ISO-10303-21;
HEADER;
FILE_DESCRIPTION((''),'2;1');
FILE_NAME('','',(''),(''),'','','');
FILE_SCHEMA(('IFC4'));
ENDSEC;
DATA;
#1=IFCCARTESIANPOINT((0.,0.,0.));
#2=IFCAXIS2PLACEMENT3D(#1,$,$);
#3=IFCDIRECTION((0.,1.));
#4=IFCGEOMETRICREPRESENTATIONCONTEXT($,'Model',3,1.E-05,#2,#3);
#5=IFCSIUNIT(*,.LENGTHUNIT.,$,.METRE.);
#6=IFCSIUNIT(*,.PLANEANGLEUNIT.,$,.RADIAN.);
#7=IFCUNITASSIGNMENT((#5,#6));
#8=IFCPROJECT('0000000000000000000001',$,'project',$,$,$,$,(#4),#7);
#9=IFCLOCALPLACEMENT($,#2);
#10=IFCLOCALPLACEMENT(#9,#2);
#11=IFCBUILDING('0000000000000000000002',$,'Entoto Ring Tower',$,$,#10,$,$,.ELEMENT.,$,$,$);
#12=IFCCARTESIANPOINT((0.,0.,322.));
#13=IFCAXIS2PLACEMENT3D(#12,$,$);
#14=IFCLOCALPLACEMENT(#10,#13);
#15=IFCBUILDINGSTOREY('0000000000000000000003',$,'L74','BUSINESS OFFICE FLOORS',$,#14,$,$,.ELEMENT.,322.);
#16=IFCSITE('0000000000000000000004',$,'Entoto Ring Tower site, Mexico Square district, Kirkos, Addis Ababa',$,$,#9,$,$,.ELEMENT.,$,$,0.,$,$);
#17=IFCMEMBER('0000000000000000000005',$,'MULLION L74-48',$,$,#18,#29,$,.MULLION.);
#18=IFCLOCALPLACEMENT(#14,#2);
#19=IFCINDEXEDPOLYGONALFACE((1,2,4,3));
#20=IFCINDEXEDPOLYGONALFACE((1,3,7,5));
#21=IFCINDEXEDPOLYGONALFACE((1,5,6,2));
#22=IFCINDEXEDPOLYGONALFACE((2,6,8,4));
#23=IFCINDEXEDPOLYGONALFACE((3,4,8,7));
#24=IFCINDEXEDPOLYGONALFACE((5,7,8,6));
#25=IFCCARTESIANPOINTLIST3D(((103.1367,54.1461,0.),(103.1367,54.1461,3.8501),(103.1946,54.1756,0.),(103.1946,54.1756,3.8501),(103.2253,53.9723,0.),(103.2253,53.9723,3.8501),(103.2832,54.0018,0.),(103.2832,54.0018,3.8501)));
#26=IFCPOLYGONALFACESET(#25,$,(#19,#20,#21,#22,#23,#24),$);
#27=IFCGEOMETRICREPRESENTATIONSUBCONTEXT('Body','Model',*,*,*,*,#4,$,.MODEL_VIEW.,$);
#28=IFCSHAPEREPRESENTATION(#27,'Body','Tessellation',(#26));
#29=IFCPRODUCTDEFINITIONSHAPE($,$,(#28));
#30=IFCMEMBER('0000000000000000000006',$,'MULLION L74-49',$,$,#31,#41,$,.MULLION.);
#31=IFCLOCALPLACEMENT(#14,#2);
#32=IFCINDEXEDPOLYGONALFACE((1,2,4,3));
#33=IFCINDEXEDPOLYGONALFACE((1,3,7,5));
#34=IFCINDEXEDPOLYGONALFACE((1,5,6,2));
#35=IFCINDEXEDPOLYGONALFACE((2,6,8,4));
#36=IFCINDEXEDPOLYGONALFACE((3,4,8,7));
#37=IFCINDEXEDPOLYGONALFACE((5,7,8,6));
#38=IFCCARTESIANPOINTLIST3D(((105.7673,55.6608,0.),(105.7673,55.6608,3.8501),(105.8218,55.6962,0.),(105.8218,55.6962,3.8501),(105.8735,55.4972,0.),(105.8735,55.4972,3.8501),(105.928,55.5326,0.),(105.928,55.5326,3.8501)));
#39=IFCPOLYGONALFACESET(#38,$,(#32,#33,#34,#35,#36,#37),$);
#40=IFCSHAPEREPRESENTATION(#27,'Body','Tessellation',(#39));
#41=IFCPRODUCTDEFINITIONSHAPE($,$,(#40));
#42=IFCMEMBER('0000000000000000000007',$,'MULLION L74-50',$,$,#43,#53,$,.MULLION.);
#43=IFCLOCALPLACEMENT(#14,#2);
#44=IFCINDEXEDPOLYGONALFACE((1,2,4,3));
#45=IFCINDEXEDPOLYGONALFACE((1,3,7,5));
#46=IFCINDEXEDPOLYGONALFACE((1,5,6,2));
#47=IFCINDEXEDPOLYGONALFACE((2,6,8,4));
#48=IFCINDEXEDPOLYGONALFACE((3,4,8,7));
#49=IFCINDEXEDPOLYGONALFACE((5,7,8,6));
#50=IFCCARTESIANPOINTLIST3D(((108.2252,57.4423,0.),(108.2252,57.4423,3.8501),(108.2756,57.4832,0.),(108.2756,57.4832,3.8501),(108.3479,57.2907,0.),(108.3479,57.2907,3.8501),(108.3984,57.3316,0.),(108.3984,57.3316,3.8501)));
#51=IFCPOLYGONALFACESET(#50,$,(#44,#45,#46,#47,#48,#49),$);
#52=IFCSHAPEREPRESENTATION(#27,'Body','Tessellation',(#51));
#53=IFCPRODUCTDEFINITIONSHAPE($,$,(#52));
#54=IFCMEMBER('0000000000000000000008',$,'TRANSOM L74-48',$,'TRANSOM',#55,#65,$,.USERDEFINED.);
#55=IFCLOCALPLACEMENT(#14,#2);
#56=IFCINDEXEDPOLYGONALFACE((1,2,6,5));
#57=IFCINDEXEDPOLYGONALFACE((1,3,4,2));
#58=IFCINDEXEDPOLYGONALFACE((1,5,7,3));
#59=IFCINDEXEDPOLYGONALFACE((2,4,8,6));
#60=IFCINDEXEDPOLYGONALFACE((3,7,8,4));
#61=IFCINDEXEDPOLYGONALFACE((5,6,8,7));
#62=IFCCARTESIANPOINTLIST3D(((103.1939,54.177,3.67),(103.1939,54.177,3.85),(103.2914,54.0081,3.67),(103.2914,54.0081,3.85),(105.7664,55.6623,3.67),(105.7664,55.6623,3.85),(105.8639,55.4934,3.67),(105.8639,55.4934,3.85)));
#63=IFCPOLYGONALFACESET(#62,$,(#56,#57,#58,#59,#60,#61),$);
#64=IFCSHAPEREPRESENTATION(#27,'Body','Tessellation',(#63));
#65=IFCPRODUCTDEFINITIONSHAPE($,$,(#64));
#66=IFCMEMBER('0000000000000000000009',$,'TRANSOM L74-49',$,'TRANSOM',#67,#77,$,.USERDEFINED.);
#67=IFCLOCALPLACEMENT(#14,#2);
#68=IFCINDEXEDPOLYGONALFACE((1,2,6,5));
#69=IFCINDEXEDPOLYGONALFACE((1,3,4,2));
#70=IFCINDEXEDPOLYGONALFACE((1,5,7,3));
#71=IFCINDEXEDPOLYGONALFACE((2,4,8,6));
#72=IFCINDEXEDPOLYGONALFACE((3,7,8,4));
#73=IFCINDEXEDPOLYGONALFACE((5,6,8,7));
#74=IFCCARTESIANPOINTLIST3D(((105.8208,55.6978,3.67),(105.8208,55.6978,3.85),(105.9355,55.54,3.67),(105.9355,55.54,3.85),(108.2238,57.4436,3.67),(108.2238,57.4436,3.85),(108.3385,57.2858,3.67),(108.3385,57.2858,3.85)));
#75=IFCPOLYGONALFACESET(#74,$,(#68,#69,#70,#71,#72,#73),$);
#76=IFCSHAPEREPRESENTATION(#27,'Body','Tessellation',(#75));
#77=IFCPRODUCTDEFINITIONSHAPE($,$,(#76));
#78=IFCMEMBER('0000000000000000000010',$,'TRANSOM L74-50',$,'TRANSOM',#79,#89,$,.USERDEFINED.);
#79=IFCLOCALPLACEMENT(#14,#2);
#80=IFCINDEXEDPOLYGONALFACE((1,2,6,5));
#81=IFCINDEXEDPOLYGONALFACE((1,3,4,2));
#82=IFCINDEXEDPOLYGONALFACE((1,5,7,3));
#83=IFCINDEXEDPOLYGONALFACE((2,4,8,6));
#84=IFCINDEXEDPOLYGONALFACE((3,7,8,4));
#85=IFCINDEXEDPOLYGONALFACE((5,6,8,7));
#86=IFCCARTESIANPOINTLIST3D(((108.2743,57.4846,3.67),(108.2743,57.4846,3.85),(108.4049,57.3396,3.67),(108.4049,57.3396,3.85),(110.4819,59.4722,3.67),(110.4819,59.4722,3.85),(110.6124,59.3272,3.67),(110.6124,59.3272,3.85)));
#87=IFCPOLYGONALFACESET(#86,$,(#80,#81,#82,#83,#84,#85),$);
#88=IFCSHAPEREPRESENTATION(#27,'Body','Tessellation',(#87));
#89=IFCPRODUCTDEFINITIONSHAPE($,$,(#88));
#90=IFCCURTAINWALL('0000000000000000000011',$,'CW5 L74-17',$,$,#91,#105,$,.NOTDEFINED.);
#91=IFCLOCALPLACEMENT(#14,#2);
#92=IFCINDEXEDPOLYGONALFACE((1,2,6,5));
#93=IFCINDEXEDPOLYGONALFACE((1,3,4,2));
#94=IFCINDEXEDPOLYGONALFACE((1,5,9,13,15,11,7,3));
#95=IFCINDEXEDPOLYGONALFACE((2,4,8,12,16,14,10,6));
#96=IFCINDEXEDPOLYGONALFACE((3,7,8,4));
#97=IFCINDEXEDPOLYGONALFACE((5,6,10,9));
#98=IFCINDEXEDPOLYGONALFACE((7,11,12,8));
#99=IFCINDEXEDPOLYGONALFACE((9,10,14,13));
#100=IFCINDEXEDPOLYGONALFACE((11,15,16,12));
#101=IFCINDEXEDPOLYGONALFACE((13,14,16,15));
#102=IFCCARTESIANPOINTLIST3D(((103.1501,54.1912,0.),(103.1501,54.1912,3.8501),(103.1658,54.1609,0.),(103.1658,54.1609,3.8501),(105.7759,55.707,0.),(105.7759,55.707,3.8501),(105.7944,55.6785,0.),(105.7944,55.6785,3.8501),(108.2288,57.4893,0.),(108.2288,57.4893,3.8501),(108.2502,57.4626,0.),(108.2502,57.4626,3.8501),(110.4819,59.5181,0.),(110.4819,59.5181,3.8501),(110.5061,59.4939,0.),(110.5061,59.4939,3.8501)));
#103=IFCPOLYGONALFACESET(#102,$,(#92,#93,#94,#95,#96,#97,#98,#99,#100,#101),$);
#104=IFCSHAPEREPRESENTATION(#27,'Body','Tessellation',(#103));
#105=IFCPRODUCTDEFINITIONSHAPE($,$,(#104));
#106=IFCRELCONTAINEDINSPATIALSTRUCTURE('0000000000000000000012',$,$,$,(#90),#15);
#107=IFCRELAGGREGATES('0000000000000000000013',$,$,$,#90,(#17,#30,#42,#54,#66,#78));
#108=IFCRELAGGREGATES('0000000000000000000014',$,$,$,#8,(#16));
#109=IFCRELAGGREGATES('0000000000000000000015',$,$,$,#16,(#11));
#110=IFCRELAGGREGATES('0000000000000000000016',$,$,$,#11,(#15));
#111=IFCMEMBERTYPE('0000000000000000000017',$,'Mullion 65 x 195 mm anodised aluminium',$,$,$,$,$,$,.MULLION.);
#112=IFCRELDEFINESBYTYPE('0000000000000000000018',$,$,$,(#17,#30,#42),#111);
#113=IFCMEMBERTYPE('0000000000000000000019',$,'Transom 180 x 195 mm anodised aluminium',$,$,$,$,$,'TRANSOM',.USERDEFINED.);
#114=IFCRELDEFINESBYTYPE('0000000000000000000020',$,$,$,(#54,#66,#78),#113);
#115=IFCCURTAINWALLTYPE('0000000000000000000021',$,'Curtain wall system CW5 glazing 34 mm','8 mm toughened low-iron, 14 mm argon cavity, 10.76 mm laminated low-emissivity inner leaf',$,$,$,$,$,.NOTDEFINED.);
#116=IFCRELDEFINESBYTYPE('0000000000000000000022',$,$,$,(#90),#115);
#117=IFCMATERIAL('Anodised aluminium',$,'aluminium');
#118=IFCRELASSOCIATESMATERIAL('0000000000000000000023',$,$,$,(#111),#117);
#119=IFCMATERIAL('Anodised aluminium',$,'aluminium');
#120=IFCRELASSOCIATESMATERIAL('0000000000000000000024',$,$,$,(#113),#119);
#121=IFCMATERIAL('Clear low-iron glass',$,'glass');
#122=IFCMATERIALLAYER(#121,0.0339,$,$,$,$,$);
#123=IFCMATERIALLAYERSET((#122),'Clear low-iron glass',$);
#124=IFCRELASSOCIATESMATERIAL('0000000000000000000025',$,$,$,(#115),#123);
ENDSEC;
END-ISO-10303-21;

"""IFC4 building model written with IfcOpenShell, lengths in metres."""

from ifc_helpers import new_model, si_unit, direction, frame, origin, origin_2d, place, context, subcontext, project, spatial, polyline, rectangle, outline, extrude, material, layer, layer_set, material_profile, profile_set, type_object, element, aggregate, save


model = new_model("IFC4")

# Units and contexts
model_context = context("Model", 3, precision=1e-05, world=origin(), true_north=direction((0.0, 1.0)))
body_context = subcontext(model_context, "Body", "Model", "MODEL_VIEW")
ifc_project = project(units=[si_unit("LENGTHUNIT", "METRE"), si_unit("PLANEANGLEUNIT", "RADIAN")], contexts=[model_context])

# Members
ifc_material_1 = material(Name="Anodised aluminium", Category="aluminium")
ifc_material_profile_1 = material_profile(ifc_material_1, rectangle(XDim=0.0649, YDim=0.1951, at=origin_2d()), Name="Mullion 65 x 195 mm anodised aluminium")
ifc_profile_set_1 = profile_set([ifc_material_profile_1], Name="Anodised aluminium")
member_type_1 = type_object("IfcMemberType", Name="Mullion 65 x 195 mm anodised aluminium", PredefinedType="MULLION", material=ifc_profile_set_1)
site_placement = place(None, origin())
building_placement = place(site_placement, origin())
storey_placement = place(building_placement, frame((0.0, 0.0, 322.0)))
member_1_placement = place(storey_placement, frame((103.21, 54.074, 0.0), z_axis=(0.0, 0.0, 1.0), x_axis=(0.891007, 0.45399, 0.0)))
member_1 = element("IfcMember", 1, at=member_1_placement, type_object=member_type_1, Name="MULLION L74-48", PredefinedType="MULLION", context=body_context, shape_type="SweptSolid", body=[
    extrude(rectangle(XDim=0.0649, YDim=0.1951, at=origin_2d()), origin(), (0.0, 0.0, 1.0), 3.8501),
])
member_2_placement = place(storey_placement, frame((105.8477, 55.5967, 0.0), z_axis=(0.0, 0.0, 1.0), x_axis=(0.838671, 0.544639, 0.0)))
member_2 = element("IfcMember", 2, at=member_2_placement, type_object=member_type_1, Name="MULLION L74-49", PredefinedType="MULLION", context=body_context, shape_type="SweptSolid", body=[
    extrude(rectangle(XDim=0.0649, YDim=0.1951, at=origin_2d()), origin(), (0.0, 0.0, 1.0), 3.8501),
])
member_3_placement = place(storey_placement, frame((108.3118, 57.387, 0.0), z_axis=(0.0, 0.0, 1.0), x_axis=(0.777146, 0.62932, 0.0)))
member_3 = element("IfcMember", 3, at=member_3_placement, type_object=member_type_1, Name="MULLION L74-50", PredefinedType="MULLION", context=body_context, shape_type="SweptSolid", body=[
    extrude(rectangle(XDim=0.0649, YDim=0.1951, at=origin_2d()), origin(), (0.0, 0.0, 1.0), 3.8501),
])
ifc_material_2 = material(Name="Anodised aluminium", Category="aluminium")
ifc_material_profile_2 = material_profile(ifc_material_2, rectangle(XDim=0.1951, YDim=0.1799, at=origin_2d()), Name="Transom 180 x 195 mm anodised aluminium")
ifc_profile_set_2 = profile_set([ifc_material_profile_2], Name="Anodised aluminium")
member_type_2 = type_object("IfcMemberType", Name="Transom 180 x 195 mm anodised aluminium", ElementType="TRANSOM", PredefinedType="USERDEFINED", material=ifc_profile_set_2)
member_4_placement = place(storey_placement, frame((103.2427, 54.0925, 3.76), z_axis=(0.866009, 0.500028, 0.0), x_axis=(-0.500028, 0.866009, 0.0)))
member_4 = element("IfcMember", 4, at=member_4_placement, type_object=member_type_2, Name="TRANSOM L74-48", ObjectType="TRANSOM", PredefinedType="USERDEFINED", context=body_context, shape_type="SweptSolid", body=[
    extrude(rectangle(XDim=0.1951, YDim=0.1799, at=origin_2d()), origin(), (0.0, 0.0, 1.0), 2.9705),
])
member_5_placement = place(storey_placement, frame((105.8782, 55.6189, 3.76), z_axis=(0.809031, 0.587766, 0.0), x_axis=(-0.587766, 0.809031, 0.0)))
member_5 = element("IfcMember", 5, at=member_5_placement, type_object=member_type_2, Name="TRANSOM L74-49", ObjectType="TRANSOM", PredefinedType="USERDEFINED", context=body_context, shape_type="SweptSolid", body=[
    extrude(rectangle(XDim=0.1951, YDim=0.1799, at=origin_2d()), origin(), (0.0, 0.0, 1.0), 2.9702),
])
member_6_placement = place(storey_placement, frame((108.3396, 57.4121, 3.76), z_axis=(0.743163, 0.66911, 0.0), x_axis=(-0.66911, 0.743163, 0.0)))
member_6 = element("IfcMember", 6, at=member_6_placement, type_object=member_type_2, Name="TRANSOM L74-50", ObjectType="TRANSOM", PredefinedType="USERDEFINED", context=body_context, shape_type="SweptSolid", body=[
    extrude(rectangle(XDim=0.1951, YDim=0.1799, at=origin_2d()), origin(), (0.0, 0.0, 1.0), 2.9705),
])

# Site, building, storey
site = spatial("IfcSite", under=ifc_project, at=site_placement, Name="Entoto Ring Tower site, Mexico Square district, Kirkos, Addis Ababa", CompositionType="ELEMENT", RefElevation=0.0)
building = spatial("IfcBuilding", under=site, at=building_placement, Name="Entoto Ring Tower", CompositionType="ELEMENT")
storey = spatial("IfcBuildingStorey", under=building, at=storey_placement, Name="L74", Description="BUSINESS OFFICE FLOORS", CompositionType="ELEMENT", Elevation=322.0)

# Curtain wall
ifc_material_3 = material(Name="Clear low-iron glass", Category="glass")
ifc_layer_1 = layer(ifc_material_3, 0.0339)
ifc_layer_set_1 = layer_set([ifc_layer_1], Name="Clear low-iron glass")
curtain_wall_type = type_object("IfcCurtainWallType", Name="Curtain wall system CW5 glazing 34 mm", Description="8 mm toughened low-iron, 14 mm argon cavity, 10.76 mm laminated low-emissivity inner leaf", PredefinedType="NOTDEFINED", material=ifc_layer_set_1)
curtain_wall_1_placement = place(storey_placement, origin())
curtain_wall_1 = element("IfcCurtainWall", 7, at=curtain_wall_1_placement, inside=storey, type_object=curtain_wall_type, Name="CW5 L74-17", PredefinedType="NOTDEFINED", context=body_context, shape_type="SweptSolid", body=[
    extrude(outline(polyline([(103.1658, 54.1609), (105.7944, 55.6785), (108.2502, 57.4626), (110.5061, 59.4939), (110.4819, 59.5181), (108.2288, 57.4893), (105.7759, 55.707), (103.1501, 54.1912), (103.1658, 54.1609)])), origin(), (0.0, 0.0, 1.0), 3.8501),
])
aggregate(curtain_wall_1, [member_1, member_2, member_3, member_4, member_5, member_6])

save(model, "model.ifc")
